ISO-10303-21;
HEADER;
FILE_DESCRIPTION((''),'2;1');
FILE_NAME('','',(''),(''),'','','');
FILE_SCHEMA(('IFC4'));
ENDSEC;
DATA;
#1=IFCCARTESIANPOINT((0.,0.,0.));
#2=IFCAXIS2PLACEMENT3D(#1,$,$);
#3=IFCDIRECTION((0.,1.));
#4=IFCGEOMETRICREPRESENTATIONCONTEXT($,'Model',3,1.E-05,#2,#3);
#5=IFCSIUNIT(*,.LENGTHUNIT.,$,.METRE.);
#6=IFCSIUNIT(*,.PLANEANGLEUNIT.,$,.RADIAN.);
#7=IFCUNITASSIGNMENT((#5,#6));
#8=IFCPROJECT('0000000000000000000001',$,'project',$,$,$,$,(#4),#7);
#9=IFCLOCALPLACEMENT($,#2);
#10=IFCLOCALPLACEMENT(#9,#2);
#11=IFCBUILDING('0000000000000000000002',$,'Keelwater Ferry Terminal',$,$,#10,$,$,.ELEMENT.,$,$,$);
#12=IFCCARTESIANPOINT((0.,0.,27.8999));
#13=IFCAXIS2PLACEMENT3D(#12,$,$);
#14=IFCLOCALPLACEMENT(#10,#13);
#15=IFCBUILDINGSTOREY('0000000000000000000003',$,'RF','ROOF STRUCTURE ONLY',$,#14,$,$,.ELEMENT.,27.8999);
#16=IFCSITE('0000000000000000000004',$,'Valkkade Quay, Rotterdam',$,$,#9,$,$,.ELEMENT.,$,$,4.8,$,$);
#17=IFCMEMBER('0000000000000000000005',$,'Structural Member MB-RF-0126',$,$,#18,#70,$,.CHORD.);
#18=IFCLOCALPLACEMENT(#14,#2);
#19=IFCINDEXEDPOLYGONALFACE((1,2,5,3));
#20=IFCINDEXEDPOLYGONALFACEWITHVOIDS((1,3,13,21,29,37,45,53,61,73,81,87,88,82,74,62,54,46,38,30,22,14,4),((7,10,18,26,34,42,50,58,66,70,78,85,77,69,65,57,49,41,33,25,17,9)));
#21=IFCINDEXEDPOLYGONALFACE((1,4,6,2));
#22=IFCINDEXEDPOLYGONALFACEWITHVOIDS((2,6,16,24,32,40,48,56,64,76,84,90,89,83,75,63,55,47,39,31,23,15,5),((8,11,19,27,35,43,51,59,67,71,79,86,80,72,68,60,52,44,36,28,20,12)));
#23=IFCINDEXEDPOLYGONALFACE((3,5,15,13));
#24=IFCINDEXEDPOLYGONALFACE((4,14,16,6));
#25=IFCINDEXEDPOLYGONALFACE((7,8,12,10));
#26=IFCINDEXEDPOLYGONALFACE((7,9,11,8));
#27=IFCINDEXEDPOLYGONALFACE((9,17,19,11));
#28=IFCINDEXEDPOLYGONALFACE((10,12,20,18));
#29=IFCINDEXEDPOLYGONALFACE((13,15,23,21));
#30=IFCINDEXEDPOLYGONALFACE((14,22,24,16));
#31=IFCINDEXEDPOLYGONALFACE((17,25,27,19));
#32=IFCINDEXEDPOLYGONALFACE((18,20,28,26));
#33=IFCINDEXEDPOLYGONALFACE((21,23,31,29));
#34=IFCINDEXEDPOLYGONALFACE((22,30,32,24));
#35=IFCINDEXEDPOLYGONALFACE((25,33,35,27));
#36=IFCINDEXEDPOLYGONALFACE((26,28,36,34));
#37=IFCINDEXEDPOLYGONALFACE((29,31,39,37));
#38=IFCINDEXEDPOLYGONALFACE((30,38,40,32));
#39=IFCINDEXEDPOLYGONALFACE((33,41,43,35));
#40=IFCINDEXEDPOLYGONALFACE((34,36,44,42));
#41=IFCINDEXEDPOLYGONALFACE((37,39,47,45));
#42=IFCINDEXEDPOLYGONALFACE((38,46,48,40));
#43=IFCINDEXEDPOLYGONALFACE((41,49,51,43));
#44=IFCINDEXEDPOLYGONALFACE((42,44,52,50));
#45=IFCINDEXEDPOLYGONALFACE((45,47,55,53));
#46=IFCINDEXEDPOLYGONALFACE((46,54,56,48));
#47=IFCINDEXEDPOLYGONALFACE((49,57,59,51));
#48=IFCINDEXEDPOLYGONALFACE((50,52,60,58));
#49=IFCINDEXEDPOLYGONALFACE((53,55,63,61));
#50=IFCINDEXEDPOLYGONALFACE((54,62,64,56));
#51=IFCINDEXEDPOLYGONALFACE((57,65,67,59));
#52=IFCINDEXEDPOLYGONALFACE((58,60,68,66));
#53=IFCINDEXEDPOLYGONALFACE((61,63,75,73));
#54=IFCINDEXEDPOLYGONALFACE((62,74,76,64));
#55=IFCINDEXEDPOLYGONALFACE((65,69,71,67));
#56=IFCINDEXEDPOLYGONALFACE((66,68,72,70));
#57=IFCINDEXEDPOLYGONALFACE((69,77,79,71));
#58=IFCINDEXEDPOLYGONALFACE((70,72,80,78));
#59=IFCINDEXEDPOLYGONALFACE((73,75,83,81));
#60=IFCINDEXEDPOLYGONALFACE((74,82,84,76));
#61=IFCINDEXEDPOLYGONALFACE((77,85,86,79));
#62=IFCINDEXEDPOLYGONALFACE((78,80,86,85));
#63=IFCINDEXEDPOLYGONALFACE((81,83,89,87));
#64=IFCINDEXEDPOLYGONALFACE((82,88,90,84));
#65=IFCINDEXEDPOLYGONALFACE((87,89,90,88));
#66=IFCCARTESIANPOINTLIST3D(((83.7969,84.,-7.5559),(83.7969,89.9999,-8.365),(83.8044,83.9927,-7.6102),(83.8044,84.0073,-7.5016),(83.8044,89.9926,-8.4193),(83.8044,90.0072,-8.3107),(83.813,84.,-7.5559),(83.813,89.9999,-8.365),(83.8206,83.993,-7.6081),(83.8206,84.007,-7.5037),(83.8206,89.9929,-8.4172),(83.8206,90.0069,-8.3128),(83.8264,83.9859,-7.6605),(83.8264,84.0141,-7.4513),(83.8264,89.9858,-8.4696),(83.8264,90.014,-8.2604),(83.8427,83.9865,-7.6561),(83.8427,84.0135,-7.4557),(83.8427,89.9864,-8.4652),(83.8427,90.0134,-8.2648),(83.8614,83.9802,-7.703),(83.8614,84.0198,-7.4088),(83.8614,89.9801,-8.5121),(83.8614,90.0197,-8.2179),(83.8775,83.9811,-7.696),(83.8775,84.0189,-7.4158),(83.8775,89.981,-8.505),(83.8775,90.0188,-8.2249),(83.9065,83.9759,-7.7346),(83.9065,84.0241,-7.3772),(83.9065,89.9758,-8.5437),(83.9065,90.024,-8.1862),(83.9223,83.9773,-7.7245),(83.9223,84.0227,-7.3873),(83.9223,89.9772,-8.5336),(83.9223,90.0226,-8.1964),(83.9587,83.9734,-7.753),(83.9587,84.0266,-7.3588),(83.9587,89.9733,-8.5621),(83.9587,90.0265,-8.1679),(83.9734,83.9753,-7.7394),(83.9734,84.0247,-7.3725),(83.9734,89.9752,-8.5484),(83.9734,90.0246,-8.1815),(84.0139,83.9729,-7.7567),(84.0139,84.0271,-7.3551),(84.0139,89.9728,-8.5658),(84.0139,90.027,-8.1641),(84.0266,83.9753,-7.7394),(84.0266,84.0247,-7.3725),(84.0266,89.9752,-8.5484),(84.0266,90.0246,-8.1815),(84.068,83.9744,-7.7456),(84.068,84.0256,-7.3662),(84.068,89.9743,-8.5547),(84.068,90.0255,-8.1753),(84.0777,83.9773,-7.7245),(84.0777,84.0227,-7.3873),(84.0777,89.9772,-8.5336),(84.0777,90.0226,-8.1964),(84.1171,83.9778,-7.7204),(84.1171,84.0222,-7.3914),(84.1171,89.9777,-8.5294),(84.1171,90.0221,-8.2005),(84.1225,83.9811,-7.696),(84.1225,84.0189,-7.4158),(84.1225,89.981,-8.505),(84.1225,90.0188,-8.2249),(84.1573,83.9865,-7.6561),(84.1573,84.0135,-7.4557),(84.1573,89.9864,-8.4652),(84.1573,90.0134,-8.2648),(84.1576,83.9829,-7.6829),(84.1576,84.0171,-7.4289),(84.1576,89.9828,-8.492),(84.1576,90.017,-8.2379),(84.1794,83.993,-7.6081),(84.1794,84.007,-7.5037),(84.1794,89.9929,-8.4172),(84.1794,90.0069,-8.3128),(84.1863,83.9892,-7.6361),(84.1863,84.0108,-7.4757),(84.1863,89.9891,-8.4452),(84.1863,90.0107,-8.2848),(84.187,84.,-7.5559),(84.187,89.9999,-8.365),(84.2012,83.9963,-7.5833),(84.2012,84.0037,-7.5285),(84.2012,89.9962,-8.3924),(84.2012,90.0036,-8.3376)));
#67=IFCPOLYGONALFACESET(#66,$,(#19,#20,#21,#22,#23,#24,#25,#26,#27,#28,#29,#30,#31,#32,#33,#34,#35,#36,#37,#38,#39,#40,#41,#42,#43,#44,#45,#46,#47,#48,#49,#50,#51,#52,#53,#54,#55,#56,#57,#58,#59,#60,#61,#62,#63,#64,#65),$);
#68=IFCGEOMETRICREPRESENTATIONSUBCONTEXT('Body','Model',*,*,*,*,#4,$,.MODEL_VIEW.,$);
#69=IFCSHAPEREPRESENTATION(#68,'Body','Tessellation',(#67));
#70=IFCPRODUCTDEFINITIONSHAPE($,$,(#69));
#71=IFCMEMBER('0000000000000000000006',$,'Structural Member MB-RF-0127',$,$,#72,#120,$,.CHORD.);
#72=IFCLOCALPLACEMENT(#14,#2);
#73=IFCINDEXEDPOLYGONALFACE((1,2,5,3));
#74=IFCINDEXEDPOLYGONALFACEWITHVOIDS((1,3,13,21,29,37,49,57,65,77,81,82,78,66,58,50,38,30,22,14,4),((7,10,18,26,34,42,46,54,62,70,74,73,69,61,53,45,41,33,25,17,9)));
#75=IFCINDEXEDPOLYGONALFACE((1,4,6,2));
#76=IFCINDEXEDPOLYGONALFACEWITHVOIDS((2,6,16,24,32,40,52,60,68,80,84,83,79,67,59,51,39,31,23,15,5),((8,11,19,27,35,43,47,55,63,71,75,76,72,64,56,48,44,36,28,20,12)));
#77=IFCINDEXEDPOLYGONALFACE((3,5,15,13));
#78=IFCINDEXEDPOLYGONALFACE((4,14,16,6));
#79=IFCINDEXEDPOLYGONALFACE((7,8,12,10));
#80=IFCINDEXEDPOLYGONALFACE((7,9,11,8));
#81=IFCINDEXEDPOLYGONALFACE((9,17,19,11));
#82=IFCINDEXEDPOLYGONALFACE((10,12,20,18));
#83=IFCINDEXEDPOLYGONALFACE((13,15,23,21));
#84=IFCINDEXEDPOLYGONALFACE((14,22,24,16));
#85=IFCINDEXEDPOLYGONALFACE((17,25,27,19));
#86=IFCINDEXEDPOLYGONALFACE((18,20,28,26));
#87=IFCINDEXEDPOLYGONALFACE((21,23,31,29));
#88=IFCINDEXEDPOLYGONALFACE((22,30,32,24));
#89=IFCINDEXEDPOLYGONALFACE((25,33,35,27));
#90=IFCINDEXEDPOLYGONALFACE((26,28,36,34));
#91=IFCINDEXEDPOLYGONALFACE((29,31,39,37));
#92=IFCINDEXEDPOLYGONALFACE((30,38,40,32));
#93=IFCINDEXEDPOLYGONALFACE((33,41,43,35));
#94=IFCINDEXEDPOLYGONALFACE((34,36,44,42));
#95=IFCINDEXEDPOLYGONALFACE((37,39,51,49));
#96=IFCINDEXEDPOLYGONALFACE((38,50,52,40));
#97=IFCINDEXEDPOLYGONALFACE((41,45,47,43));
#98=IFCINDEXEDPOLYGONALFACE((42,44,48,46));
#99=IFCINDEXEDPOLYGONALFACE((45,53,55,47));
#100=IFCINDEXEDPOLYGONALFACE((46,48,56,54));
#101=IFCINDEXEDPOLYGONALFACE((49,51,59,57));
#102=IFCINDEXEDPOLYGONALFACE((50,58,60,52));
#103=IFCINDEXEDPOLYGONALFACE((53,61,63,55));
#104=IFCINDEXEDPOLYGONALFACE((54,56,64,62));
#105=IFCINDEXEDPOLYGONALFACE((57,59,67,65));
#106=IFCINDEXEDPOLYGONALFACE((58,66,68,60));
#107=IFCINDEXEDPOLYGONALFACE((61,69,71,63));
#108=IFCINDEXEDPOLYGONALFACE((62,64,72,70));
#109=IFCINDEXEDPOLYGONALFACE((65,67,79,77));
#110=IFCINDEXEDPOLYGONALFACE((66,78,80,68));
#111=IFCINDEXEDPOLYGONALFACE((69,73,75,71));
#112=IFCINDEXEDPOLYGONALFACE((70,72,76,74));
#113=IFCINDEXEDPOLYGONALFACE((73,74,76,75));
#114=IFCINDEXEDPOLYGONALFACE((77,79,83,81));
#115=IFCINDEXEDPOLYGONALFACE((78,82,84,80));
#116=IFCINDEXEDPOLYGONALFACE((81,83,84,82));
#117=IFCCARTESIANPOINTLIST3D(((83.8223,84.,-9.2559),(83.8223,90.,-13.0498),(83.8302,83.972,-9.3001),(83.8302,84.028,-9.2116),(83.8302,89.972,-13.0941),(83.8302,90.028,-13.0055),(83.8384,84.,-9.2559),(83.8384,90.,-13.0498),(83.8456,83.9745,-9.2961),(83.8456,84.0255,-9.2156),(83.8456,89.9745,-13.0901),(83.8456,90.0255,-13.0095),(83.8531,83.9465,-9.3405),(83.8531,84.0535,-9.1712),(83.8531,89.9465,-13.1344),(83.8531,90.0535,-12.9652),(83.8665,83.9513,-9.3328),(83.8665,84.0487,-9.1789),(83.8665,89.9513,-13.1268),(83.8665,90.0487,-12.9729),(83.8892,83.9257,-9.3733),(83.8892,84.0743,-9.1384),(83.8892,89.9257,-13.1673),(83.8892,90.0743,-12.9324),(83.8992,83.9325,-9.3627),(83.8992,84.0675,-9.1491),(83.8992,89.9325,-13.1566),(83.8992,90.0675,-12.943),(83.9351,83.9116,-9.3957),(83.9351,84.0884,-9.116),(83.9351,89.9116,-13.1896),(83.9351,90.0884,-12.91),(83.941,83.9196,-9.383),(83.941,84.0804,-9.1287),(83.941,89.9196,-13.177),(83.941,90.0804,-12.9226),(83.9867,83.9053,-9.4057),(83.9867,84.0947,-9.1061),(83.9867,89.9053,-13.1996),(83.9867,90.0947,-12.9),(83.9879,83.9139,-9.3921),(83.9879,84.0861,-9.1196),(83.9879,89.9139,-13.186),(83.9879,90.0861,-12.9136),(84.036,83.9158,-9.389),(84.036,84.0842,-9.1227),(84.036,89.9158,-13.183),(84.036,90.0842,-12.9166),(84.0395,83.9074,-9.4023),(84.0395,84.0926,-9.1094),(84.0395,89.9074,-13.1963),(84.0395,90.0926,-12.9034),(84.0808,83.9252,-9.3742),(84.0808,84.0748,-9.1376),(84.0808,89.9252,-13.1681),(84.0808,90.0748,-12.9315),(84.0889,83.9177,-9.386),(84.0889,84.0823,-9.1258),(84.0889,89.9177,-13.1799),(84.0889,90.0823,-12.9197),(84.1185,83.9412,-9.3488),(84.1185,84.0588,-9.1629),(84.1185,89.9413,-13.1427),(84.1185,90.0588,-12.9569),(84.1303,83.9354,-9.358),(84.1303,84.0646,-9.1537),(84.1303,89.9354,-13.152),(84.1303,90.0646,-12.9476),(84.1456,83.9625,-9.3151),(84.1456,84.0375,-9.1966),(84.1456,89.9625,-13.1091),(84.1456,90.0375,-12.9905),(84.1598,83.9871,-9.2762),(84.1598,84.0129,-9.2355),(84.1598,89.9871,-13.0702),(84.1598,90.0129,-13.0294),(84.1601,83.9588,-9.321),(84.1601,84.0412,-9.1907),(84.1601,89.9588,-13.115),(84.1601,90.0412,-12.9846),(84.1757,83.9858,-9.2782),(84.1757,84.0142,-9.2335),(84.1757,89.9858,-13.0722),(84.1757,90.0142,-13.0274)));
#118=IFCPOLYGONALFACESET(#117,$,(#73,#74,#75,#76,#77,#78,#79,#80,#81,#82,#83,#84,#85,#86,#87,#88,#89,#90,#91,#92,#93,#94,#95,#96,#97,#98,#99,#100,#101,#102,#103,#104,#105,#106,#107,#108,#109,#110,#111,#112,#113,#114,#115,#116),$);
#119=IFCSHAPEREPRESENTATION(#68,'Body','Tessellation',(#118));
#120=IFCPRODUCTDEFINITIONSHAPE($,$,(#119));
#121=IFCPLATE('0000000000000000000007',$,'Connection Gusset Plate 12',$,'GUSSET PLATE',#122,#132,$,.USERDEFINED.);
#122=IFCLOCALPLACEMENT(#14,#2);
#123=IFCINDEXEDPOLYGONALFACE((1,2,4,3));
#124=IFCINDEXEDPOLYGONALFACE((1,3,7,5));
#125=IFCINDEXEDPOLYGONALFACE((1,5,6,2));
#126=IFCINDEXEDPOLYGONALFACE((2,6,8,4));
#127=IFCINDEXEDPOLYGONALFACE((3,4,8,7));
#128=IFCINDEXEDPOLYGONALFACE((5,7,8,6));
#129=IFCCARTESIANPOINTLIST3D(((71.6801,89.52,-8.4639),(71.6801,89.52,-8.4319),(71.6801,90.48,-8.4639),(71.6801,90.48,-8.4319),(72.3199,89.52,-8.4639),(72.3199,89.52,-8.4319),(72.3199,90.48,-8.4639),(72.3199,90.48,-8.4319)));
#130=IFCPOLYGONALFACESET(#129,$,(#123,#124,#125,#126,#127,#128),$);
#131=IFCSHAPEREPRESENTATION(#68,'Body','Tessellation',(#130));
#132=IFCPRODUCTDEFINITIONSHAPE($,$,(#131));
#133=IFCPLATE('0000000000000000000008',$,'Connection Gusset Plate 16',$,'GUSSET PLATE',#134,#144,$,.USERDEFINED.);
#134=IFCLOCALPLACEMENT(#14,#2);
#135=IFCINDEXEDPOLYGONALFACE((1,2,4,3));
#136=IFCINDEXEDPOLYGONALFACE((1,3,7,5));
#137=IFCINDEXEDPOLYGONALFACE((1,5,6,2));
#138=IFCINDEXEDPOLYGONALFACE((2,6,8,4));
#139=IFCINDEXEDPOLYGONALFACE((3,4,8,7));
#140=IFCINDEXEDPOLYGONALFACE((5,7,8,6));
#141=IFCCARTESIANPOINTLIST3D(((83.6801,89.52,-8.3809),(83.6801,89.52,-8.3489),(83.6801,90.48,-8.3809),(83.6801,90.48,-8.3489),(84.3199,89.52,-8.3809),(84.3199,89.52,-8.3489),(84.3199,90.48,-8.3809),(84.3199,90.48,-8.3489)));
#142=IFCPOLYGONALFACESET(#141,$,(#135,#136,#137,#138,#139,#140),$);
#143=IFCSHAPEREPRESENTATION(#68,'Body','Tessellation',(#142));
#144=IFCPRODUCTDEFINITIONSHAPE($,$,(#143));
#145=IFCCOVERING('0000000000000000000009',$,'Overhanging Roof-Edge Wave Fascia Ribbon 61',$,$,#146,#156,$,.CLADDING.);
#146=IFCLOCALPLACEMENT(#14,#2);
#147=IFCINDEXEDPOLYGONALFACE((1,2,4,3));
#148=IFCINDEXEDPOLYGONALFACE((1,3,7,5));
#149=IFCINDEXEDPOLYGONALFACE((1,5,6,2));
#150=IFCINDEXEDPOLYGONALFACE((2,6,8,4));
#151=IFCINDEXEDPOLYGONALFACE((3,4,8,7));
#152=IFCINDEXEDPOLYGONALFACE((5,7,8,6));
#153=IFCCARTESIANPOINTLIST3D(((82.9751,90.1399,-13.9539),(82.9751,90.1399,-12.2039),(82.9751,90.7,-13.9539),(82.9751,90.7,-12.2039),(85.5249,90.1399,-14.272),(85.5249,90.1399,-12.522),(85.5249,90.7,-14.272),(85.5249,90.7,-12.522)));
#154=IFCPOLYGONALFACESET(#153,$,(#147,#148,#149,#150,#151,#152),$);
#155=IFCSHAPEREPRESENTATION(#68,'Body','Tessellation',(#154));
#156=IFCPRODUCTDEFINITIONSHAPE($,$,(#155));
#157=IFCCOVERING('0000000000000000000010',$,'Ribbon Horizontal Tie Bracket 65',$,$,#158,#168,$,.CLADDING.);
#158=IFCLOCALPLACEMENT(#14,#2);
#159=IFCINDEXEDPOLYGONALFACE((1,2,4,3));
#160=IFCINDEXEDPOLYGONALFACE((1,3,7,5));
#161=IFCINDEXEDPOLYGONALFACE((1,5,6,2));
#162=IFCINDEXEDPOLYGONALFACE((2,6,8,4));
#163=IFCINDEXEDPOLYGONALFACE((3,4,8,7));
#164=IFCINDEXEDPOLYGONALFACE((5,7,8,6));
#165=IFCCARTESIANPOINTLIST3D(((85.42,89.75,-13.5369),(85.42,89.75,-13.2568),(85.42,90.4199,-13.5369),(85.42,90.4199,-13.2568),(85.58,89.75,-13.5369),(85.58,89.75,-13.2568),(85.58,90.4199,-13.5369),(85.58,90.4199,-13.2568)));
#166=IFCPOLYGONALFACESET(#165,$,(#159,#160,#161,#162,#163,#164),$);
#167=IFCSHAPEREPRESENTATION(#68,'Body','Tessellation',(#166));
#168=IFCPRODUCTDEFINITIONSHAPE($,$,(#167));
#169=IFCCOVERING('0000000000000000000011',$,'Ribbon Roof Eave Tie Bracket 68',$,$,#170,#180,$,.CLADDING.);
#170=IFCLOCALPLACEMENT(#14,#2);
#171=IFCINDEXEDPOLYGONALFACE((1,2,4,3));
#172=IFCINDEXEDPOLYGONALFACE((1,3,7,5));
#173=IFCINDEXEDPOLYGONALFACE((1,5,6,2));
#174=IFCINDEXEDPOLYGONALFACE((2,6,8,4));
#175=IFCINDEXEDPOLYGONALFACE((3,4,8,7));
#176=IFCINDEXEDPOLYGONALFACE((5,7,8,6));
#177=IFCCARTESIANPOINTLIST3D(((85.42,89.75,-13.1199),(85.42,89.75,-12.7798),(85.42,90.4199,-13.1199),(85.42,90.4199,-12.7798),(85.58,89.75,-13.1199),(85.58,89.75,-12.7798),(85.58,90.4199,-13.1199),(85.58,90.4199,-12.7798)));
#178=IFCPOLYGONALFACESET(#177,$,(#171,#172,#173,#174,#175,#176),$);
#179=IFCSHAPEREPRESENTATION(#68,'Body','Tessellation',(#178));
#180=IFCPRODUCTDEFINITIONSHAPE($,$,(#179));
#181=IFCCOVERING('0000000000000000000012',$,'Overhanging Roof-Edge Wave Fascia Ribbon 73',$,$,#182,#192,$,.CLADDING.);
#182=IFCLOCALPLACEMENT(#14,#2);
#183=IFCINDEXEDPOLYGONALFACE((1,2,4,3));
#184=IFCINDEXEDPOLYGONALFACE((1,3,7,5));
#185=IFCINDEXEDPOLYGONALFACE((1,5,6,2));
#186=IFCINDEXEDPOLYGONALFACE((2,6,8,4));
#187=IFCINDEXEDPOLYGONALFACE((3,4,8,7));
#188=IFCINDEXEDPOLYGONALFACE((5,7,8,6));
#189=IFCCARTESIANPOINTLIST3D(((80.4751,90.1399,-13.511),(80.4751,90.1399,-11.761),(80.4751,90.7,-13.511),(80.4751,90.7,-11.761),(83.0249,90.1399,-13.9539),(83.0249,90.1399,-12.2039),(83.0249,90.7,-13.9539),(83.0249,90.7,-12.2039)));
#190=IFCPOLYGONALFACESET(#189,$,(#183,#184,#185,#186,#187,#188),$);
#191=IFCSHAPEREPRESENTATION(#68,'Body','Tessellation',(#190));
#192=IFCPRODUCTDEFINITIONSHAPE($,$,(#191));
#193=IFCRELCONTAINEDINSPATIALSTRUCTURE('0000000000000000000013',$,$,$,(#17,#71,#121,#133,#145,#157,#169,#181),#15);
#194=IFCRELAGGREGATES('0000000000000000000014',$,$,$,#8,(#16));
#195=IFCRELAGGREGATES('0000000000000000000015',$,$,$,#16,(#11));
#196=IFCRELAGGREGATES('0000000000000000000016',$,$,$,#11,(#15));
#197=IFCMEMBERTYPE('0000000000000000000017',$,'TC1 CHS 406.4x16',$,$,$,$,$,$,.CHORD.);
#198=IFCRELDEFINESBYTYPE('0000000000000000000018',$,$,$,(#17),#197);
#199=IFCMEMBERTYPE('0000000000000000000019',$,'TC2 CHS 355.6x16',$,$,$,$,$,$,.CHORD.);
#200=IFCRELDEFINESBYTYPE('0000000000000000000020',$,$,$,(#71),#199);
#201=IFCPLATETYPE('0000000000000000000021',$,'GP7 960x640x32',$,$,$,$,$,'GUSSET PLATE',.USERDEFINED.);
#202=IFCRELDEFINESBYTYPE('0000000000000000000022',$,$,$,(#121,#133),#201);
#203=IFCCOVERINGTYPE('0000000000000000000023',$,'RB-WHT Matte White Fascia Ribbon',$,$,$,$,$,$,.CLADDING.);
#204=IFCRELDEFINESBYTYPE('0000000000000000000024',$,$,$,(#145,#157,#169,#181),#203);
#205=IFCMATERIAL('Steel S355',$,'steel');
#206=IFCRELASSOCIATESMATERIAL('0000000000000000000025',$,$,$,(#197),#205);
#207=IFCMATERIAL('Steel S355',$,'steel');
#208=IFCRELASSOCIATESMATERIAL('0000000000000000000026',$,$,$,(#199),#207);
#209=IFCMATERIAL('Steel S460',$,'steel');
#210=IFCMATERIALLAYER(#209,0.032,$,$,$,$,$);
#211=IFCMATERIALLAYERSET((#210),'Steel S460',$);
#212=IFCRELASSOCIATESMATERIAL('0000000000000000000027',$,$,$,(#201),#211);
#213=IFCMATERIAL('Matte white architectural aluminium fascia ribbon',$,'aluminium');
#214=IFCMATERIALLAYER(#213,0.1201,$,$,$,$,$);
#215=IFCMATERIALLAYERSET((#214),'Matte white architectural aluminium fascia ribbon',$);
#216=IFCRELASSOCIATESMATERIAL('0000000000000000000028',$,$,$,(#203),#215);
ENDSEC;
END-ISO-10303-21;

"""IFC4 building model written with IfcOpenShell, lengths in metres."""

from ifc_helpers import new_model, si_unit, direction, frame, frame_2d, origin, origin_2d, place, context, subcontext, project, spatial, polyline, rectangle, hollow_circle, outline, extrude, material, layer, layer_set, material_profile, profile_set, type_object, element, save


model = new_model("IFC4")

# Units and contexts
model_context = context("Model", 3, precision=1e-05, world=origin(), true_north=direction((0.0, 1.0)))
body_context = subcontext(model_context, "Body", "Model", "MODEL_VIEW")
ifc_project = project(units=[si_unit("LENGTHUNIT", "METRE"), si_unit("PLANEANGLEUNIT", "RADIAN")], contexts=[model_context])

# Site, building, storey
site_placement = place(None, origin())
site = spatial("IfcSite", under=ifc_project, at=site_placement, Name="Valkkade Quay, Rotterdam", CompositionType="ELEMENT", RefElevation=4.8)
building_placement = place(site_placement, origin())
building = spatial("IfcBuilding", under=site, at=building_placement, Name="Keelwater Ferry Terminal", CompositionType="ELEMENT")
storey_placement = place(building_placement, frame((0.0, 0.0, 27.8999)))
storey = spatial("IfcBuildingStorey", under=building, at=storey_placement, Name="RF", Description="ROOF STRUCTURE ONLY", CompositionType="ELEMENT", Elevation=27.8999)

# Members
ifc_material_1 = material(Name="Steel S355", Category="steel")
ifc_material_profile_1 = material_profile(ifc_material_1, hollow_circle(Radius=0.2031, WallThickness=0.0161, at=origin_2d()), Name="CHS 406.4x16")
ifc_profile_set_1 = profile_set([ifc_material_profile_1], Name="Steel S355")
member_type_1 = type_object("IfcMemberType", Name="TC1 CHS 406.4x16", PredefinedType="CHORD", material=ifc_profile_set_1)
member_1_placement = place(storey_placement, frame((84.0, 84.0, -7.5559), z_axis=(0.0, 0.99103, -0.133637), x_axis=(-1.0, 0.0, 0.0)))
element("IfcMember", 1, at=member_1_placement, inside=storey, type_object=member_type_1, Name="Structural Member MB-RF-0126", PredefinedType="CHORD", context=body_context, shape_type="SweptSolid", body=[
    extrude(hollow_circle(Radius=0.2031, WallThickness=0.0161, at=origin_2d()), origin(), (0.0, 0.0, 1.0), 6.0542),
])
ifc_material_2 = material(Name="Steel S355", Category="steel")
ifc_material_profile_2 = material_profile(ifc_material_2, hollow_circle(Radius=0.1777, WallThickness=0.0161, at=origin_2d()), Name="CHS 355.6x16")
ifc_profile_set_2 = profile_set([ifc_material_profile_2], Name="Steel S355")
member_type_2 = type_object("IfcMemberType", Name="TC2 CHS 355.6x16", PredefinedType="CHORD", material=ifc_profile_set_2)
member_2_placement = place(storey_placement, frame((84.0, 84.0, -9.2559), z_axis=(0.0, 0.845204, -0.534443), x_axis=(-1.0, 0.0, 0.0)))
element("IfcMember", 2, at=member_2_placement, inside=storey, type_object=member_type_2, Name="Structural Member MB-RF-0127", PredefinedType="CHORD", context=body_context, shape_type="SweptSolid", body=[
    extrude(hollow_circle(Radius=0.1777, WallThickness=0.0161, at=origin_2d()), origin(), (0.0, 0.0, 1.0), 7.0989),
])

# Plates
ifc_material_3 = material(Name="Steel S460", Category="steel")
ifc_layer_1 = layer(ifc_material_3, 0.032)
ifc_layer_set_1 = layer_set([ifc_layer_1], Name="Steel S460")
plate_type = type_object("IfcPlateType", Name="GP7 960x640x32", ElementType="GUSSET PLATE", PredefinedType="USERDEFINED", material=ifc_layer_set_1)
for number, where, z_axis, x_axis, name in (
    (3, (72.0, 90.0, -8.4639), (0.0, 0.0, 1.0), (0.0, 1.0, 0.0), "Connection Gusset Plate 12"),
    (4, (84.0, 90.0, -8.3809), (0.0, 0.0, 1.0), (0.0, 1.0, 0.0), "Connection Gusset Plate 16"),
):
    element("IfcPlate", number, at=place(storey_placement, frame(where, z_axis=z_axis, x_axis=x_axis)), inside=storey, type_object=plate_type, Name=name, ObjectType="GUSSET PLATE", PredefinedType="USERDEFINED", context=body_context, shape_type="SweptSolid", body=[
        extrude(rectangle(XDim=0.96, YDim=0.6399, at=origin_2d()), origin(), (0.0, 0.0, 1.0), 0.032),
    ])

# Coverings
ifc_material_4 = material(Name="Matte white architectural aluminium fascia ribbon", Category="aluminium")
ifc_layer_2 = layer(ifc_material_4, 0.1201)
ifc_layer_set_2 = layer_set([ifc_layer_2], Name="Matte white architectural aluminium fascia ribbon")
covering_type = type_object("IfcCoveringType", Name="RB-WHT Matte White Fascia Ribbon", PredefinedType="CLADDING", material=ifc_layer_set_2)
covering_1_placement = place(storey_placement, frame((85.5249, 90.4199, -14.272), z_axis=(0.0, 0.0, 1.0), x_axis=(-1.0, 0.0, 0.0)))
element("IfcCovering", 5, at=covering_1_placement, inside=storey, type_object=covering_type, Name="Overhanging Roof-Edge Wave Fascia Ribbon 61", PredefinedType="CLADDING", context=body_context, shape_type="SweptSolid", body=[
    extrude(outline(polyline([(0.0, 0.0), (2.5498, 0.3181), (2.5498, 2.0681), (0.0, 1.75), (0.0, 0.0)])), frame((0.0, 0.28, 0.0), z_axis=(0.0, -1.0, 0.0), x_axis=(1.0, 0.0, 0.0)), (0.0, 0.0, 1.0), 0.5601),
])
covering_2_placement = place(storey_placement, frame((85.5, 90.4199, -13.5369), z_axis=(0.0, 0.0, 1.0), x_axis=(0.0, -1.0, 0.0)))
element("IfcCovering", 6, at=covering_2_placement, inside=storey, type_object=covering_type, Name="Ribbon Horizontal Tie Bracket 65", PredefinedType="CLADDING", context=body_context, shape_type="SweptSolid", body=[
    extrude(rectangle(XDim=0.6699, YDim=0.1599, at=frame_2d((0.335, 0.0))), origin(), (0.0, 0.0, 1.0), 0.28),
])
covering_3_placement = place(storey_placement, frame((85.5, 90.4199, -13.1199), z_axis=(0.0, 0.0, 1.0), x_axis=(0.0, -1.0, 0.0)))
element("IfcCovering", 7, at=covering_3_placement, inside=storey, type_object=covering_type, Name="Ribbon Roof Eave Tie Bracket 68", PredefinedType="CLADDING", context=body_context, shape_type="SweptSolid", body=[
    extrude(rectangle(XDim=0.6699, YDim=0.1599, at=frame_2d((0.335, 0.0))), origin(), (0.0, 0.0, 1.0), 0.3401),
])
covering_4_placement = place(storey_placement, frame((83.0249, 90.4199, -13.9539), z_axis=(0.0, 0.0, 1.0), x_axis=(-1.0, 0.0, 0.0)))
element("IfcCovering", 8, at=covering_4_placement, inside=storey, type_object=covering_type, Name="Overhanging Roof-Edge Wave Fascia Ribbon 73", PredefinedType="CLADDING", context=body_context, shape_type="SweptSolid", body=[
    extrude(outline(polyline([(0.0, 0.0), (2.5498, 0.4429), (2.5498, 2.1929), (0.0, 1.75), (0.0, 0.0)])), frame((0.0, 0.28, 0.0), z_axis=(0.0, -1.0, 0.0), x_axis=(1.0, 0.0, 0.0)), (0.0, 0.0, 1.0), 0.5601),
])

save(model, "model.ifc")
